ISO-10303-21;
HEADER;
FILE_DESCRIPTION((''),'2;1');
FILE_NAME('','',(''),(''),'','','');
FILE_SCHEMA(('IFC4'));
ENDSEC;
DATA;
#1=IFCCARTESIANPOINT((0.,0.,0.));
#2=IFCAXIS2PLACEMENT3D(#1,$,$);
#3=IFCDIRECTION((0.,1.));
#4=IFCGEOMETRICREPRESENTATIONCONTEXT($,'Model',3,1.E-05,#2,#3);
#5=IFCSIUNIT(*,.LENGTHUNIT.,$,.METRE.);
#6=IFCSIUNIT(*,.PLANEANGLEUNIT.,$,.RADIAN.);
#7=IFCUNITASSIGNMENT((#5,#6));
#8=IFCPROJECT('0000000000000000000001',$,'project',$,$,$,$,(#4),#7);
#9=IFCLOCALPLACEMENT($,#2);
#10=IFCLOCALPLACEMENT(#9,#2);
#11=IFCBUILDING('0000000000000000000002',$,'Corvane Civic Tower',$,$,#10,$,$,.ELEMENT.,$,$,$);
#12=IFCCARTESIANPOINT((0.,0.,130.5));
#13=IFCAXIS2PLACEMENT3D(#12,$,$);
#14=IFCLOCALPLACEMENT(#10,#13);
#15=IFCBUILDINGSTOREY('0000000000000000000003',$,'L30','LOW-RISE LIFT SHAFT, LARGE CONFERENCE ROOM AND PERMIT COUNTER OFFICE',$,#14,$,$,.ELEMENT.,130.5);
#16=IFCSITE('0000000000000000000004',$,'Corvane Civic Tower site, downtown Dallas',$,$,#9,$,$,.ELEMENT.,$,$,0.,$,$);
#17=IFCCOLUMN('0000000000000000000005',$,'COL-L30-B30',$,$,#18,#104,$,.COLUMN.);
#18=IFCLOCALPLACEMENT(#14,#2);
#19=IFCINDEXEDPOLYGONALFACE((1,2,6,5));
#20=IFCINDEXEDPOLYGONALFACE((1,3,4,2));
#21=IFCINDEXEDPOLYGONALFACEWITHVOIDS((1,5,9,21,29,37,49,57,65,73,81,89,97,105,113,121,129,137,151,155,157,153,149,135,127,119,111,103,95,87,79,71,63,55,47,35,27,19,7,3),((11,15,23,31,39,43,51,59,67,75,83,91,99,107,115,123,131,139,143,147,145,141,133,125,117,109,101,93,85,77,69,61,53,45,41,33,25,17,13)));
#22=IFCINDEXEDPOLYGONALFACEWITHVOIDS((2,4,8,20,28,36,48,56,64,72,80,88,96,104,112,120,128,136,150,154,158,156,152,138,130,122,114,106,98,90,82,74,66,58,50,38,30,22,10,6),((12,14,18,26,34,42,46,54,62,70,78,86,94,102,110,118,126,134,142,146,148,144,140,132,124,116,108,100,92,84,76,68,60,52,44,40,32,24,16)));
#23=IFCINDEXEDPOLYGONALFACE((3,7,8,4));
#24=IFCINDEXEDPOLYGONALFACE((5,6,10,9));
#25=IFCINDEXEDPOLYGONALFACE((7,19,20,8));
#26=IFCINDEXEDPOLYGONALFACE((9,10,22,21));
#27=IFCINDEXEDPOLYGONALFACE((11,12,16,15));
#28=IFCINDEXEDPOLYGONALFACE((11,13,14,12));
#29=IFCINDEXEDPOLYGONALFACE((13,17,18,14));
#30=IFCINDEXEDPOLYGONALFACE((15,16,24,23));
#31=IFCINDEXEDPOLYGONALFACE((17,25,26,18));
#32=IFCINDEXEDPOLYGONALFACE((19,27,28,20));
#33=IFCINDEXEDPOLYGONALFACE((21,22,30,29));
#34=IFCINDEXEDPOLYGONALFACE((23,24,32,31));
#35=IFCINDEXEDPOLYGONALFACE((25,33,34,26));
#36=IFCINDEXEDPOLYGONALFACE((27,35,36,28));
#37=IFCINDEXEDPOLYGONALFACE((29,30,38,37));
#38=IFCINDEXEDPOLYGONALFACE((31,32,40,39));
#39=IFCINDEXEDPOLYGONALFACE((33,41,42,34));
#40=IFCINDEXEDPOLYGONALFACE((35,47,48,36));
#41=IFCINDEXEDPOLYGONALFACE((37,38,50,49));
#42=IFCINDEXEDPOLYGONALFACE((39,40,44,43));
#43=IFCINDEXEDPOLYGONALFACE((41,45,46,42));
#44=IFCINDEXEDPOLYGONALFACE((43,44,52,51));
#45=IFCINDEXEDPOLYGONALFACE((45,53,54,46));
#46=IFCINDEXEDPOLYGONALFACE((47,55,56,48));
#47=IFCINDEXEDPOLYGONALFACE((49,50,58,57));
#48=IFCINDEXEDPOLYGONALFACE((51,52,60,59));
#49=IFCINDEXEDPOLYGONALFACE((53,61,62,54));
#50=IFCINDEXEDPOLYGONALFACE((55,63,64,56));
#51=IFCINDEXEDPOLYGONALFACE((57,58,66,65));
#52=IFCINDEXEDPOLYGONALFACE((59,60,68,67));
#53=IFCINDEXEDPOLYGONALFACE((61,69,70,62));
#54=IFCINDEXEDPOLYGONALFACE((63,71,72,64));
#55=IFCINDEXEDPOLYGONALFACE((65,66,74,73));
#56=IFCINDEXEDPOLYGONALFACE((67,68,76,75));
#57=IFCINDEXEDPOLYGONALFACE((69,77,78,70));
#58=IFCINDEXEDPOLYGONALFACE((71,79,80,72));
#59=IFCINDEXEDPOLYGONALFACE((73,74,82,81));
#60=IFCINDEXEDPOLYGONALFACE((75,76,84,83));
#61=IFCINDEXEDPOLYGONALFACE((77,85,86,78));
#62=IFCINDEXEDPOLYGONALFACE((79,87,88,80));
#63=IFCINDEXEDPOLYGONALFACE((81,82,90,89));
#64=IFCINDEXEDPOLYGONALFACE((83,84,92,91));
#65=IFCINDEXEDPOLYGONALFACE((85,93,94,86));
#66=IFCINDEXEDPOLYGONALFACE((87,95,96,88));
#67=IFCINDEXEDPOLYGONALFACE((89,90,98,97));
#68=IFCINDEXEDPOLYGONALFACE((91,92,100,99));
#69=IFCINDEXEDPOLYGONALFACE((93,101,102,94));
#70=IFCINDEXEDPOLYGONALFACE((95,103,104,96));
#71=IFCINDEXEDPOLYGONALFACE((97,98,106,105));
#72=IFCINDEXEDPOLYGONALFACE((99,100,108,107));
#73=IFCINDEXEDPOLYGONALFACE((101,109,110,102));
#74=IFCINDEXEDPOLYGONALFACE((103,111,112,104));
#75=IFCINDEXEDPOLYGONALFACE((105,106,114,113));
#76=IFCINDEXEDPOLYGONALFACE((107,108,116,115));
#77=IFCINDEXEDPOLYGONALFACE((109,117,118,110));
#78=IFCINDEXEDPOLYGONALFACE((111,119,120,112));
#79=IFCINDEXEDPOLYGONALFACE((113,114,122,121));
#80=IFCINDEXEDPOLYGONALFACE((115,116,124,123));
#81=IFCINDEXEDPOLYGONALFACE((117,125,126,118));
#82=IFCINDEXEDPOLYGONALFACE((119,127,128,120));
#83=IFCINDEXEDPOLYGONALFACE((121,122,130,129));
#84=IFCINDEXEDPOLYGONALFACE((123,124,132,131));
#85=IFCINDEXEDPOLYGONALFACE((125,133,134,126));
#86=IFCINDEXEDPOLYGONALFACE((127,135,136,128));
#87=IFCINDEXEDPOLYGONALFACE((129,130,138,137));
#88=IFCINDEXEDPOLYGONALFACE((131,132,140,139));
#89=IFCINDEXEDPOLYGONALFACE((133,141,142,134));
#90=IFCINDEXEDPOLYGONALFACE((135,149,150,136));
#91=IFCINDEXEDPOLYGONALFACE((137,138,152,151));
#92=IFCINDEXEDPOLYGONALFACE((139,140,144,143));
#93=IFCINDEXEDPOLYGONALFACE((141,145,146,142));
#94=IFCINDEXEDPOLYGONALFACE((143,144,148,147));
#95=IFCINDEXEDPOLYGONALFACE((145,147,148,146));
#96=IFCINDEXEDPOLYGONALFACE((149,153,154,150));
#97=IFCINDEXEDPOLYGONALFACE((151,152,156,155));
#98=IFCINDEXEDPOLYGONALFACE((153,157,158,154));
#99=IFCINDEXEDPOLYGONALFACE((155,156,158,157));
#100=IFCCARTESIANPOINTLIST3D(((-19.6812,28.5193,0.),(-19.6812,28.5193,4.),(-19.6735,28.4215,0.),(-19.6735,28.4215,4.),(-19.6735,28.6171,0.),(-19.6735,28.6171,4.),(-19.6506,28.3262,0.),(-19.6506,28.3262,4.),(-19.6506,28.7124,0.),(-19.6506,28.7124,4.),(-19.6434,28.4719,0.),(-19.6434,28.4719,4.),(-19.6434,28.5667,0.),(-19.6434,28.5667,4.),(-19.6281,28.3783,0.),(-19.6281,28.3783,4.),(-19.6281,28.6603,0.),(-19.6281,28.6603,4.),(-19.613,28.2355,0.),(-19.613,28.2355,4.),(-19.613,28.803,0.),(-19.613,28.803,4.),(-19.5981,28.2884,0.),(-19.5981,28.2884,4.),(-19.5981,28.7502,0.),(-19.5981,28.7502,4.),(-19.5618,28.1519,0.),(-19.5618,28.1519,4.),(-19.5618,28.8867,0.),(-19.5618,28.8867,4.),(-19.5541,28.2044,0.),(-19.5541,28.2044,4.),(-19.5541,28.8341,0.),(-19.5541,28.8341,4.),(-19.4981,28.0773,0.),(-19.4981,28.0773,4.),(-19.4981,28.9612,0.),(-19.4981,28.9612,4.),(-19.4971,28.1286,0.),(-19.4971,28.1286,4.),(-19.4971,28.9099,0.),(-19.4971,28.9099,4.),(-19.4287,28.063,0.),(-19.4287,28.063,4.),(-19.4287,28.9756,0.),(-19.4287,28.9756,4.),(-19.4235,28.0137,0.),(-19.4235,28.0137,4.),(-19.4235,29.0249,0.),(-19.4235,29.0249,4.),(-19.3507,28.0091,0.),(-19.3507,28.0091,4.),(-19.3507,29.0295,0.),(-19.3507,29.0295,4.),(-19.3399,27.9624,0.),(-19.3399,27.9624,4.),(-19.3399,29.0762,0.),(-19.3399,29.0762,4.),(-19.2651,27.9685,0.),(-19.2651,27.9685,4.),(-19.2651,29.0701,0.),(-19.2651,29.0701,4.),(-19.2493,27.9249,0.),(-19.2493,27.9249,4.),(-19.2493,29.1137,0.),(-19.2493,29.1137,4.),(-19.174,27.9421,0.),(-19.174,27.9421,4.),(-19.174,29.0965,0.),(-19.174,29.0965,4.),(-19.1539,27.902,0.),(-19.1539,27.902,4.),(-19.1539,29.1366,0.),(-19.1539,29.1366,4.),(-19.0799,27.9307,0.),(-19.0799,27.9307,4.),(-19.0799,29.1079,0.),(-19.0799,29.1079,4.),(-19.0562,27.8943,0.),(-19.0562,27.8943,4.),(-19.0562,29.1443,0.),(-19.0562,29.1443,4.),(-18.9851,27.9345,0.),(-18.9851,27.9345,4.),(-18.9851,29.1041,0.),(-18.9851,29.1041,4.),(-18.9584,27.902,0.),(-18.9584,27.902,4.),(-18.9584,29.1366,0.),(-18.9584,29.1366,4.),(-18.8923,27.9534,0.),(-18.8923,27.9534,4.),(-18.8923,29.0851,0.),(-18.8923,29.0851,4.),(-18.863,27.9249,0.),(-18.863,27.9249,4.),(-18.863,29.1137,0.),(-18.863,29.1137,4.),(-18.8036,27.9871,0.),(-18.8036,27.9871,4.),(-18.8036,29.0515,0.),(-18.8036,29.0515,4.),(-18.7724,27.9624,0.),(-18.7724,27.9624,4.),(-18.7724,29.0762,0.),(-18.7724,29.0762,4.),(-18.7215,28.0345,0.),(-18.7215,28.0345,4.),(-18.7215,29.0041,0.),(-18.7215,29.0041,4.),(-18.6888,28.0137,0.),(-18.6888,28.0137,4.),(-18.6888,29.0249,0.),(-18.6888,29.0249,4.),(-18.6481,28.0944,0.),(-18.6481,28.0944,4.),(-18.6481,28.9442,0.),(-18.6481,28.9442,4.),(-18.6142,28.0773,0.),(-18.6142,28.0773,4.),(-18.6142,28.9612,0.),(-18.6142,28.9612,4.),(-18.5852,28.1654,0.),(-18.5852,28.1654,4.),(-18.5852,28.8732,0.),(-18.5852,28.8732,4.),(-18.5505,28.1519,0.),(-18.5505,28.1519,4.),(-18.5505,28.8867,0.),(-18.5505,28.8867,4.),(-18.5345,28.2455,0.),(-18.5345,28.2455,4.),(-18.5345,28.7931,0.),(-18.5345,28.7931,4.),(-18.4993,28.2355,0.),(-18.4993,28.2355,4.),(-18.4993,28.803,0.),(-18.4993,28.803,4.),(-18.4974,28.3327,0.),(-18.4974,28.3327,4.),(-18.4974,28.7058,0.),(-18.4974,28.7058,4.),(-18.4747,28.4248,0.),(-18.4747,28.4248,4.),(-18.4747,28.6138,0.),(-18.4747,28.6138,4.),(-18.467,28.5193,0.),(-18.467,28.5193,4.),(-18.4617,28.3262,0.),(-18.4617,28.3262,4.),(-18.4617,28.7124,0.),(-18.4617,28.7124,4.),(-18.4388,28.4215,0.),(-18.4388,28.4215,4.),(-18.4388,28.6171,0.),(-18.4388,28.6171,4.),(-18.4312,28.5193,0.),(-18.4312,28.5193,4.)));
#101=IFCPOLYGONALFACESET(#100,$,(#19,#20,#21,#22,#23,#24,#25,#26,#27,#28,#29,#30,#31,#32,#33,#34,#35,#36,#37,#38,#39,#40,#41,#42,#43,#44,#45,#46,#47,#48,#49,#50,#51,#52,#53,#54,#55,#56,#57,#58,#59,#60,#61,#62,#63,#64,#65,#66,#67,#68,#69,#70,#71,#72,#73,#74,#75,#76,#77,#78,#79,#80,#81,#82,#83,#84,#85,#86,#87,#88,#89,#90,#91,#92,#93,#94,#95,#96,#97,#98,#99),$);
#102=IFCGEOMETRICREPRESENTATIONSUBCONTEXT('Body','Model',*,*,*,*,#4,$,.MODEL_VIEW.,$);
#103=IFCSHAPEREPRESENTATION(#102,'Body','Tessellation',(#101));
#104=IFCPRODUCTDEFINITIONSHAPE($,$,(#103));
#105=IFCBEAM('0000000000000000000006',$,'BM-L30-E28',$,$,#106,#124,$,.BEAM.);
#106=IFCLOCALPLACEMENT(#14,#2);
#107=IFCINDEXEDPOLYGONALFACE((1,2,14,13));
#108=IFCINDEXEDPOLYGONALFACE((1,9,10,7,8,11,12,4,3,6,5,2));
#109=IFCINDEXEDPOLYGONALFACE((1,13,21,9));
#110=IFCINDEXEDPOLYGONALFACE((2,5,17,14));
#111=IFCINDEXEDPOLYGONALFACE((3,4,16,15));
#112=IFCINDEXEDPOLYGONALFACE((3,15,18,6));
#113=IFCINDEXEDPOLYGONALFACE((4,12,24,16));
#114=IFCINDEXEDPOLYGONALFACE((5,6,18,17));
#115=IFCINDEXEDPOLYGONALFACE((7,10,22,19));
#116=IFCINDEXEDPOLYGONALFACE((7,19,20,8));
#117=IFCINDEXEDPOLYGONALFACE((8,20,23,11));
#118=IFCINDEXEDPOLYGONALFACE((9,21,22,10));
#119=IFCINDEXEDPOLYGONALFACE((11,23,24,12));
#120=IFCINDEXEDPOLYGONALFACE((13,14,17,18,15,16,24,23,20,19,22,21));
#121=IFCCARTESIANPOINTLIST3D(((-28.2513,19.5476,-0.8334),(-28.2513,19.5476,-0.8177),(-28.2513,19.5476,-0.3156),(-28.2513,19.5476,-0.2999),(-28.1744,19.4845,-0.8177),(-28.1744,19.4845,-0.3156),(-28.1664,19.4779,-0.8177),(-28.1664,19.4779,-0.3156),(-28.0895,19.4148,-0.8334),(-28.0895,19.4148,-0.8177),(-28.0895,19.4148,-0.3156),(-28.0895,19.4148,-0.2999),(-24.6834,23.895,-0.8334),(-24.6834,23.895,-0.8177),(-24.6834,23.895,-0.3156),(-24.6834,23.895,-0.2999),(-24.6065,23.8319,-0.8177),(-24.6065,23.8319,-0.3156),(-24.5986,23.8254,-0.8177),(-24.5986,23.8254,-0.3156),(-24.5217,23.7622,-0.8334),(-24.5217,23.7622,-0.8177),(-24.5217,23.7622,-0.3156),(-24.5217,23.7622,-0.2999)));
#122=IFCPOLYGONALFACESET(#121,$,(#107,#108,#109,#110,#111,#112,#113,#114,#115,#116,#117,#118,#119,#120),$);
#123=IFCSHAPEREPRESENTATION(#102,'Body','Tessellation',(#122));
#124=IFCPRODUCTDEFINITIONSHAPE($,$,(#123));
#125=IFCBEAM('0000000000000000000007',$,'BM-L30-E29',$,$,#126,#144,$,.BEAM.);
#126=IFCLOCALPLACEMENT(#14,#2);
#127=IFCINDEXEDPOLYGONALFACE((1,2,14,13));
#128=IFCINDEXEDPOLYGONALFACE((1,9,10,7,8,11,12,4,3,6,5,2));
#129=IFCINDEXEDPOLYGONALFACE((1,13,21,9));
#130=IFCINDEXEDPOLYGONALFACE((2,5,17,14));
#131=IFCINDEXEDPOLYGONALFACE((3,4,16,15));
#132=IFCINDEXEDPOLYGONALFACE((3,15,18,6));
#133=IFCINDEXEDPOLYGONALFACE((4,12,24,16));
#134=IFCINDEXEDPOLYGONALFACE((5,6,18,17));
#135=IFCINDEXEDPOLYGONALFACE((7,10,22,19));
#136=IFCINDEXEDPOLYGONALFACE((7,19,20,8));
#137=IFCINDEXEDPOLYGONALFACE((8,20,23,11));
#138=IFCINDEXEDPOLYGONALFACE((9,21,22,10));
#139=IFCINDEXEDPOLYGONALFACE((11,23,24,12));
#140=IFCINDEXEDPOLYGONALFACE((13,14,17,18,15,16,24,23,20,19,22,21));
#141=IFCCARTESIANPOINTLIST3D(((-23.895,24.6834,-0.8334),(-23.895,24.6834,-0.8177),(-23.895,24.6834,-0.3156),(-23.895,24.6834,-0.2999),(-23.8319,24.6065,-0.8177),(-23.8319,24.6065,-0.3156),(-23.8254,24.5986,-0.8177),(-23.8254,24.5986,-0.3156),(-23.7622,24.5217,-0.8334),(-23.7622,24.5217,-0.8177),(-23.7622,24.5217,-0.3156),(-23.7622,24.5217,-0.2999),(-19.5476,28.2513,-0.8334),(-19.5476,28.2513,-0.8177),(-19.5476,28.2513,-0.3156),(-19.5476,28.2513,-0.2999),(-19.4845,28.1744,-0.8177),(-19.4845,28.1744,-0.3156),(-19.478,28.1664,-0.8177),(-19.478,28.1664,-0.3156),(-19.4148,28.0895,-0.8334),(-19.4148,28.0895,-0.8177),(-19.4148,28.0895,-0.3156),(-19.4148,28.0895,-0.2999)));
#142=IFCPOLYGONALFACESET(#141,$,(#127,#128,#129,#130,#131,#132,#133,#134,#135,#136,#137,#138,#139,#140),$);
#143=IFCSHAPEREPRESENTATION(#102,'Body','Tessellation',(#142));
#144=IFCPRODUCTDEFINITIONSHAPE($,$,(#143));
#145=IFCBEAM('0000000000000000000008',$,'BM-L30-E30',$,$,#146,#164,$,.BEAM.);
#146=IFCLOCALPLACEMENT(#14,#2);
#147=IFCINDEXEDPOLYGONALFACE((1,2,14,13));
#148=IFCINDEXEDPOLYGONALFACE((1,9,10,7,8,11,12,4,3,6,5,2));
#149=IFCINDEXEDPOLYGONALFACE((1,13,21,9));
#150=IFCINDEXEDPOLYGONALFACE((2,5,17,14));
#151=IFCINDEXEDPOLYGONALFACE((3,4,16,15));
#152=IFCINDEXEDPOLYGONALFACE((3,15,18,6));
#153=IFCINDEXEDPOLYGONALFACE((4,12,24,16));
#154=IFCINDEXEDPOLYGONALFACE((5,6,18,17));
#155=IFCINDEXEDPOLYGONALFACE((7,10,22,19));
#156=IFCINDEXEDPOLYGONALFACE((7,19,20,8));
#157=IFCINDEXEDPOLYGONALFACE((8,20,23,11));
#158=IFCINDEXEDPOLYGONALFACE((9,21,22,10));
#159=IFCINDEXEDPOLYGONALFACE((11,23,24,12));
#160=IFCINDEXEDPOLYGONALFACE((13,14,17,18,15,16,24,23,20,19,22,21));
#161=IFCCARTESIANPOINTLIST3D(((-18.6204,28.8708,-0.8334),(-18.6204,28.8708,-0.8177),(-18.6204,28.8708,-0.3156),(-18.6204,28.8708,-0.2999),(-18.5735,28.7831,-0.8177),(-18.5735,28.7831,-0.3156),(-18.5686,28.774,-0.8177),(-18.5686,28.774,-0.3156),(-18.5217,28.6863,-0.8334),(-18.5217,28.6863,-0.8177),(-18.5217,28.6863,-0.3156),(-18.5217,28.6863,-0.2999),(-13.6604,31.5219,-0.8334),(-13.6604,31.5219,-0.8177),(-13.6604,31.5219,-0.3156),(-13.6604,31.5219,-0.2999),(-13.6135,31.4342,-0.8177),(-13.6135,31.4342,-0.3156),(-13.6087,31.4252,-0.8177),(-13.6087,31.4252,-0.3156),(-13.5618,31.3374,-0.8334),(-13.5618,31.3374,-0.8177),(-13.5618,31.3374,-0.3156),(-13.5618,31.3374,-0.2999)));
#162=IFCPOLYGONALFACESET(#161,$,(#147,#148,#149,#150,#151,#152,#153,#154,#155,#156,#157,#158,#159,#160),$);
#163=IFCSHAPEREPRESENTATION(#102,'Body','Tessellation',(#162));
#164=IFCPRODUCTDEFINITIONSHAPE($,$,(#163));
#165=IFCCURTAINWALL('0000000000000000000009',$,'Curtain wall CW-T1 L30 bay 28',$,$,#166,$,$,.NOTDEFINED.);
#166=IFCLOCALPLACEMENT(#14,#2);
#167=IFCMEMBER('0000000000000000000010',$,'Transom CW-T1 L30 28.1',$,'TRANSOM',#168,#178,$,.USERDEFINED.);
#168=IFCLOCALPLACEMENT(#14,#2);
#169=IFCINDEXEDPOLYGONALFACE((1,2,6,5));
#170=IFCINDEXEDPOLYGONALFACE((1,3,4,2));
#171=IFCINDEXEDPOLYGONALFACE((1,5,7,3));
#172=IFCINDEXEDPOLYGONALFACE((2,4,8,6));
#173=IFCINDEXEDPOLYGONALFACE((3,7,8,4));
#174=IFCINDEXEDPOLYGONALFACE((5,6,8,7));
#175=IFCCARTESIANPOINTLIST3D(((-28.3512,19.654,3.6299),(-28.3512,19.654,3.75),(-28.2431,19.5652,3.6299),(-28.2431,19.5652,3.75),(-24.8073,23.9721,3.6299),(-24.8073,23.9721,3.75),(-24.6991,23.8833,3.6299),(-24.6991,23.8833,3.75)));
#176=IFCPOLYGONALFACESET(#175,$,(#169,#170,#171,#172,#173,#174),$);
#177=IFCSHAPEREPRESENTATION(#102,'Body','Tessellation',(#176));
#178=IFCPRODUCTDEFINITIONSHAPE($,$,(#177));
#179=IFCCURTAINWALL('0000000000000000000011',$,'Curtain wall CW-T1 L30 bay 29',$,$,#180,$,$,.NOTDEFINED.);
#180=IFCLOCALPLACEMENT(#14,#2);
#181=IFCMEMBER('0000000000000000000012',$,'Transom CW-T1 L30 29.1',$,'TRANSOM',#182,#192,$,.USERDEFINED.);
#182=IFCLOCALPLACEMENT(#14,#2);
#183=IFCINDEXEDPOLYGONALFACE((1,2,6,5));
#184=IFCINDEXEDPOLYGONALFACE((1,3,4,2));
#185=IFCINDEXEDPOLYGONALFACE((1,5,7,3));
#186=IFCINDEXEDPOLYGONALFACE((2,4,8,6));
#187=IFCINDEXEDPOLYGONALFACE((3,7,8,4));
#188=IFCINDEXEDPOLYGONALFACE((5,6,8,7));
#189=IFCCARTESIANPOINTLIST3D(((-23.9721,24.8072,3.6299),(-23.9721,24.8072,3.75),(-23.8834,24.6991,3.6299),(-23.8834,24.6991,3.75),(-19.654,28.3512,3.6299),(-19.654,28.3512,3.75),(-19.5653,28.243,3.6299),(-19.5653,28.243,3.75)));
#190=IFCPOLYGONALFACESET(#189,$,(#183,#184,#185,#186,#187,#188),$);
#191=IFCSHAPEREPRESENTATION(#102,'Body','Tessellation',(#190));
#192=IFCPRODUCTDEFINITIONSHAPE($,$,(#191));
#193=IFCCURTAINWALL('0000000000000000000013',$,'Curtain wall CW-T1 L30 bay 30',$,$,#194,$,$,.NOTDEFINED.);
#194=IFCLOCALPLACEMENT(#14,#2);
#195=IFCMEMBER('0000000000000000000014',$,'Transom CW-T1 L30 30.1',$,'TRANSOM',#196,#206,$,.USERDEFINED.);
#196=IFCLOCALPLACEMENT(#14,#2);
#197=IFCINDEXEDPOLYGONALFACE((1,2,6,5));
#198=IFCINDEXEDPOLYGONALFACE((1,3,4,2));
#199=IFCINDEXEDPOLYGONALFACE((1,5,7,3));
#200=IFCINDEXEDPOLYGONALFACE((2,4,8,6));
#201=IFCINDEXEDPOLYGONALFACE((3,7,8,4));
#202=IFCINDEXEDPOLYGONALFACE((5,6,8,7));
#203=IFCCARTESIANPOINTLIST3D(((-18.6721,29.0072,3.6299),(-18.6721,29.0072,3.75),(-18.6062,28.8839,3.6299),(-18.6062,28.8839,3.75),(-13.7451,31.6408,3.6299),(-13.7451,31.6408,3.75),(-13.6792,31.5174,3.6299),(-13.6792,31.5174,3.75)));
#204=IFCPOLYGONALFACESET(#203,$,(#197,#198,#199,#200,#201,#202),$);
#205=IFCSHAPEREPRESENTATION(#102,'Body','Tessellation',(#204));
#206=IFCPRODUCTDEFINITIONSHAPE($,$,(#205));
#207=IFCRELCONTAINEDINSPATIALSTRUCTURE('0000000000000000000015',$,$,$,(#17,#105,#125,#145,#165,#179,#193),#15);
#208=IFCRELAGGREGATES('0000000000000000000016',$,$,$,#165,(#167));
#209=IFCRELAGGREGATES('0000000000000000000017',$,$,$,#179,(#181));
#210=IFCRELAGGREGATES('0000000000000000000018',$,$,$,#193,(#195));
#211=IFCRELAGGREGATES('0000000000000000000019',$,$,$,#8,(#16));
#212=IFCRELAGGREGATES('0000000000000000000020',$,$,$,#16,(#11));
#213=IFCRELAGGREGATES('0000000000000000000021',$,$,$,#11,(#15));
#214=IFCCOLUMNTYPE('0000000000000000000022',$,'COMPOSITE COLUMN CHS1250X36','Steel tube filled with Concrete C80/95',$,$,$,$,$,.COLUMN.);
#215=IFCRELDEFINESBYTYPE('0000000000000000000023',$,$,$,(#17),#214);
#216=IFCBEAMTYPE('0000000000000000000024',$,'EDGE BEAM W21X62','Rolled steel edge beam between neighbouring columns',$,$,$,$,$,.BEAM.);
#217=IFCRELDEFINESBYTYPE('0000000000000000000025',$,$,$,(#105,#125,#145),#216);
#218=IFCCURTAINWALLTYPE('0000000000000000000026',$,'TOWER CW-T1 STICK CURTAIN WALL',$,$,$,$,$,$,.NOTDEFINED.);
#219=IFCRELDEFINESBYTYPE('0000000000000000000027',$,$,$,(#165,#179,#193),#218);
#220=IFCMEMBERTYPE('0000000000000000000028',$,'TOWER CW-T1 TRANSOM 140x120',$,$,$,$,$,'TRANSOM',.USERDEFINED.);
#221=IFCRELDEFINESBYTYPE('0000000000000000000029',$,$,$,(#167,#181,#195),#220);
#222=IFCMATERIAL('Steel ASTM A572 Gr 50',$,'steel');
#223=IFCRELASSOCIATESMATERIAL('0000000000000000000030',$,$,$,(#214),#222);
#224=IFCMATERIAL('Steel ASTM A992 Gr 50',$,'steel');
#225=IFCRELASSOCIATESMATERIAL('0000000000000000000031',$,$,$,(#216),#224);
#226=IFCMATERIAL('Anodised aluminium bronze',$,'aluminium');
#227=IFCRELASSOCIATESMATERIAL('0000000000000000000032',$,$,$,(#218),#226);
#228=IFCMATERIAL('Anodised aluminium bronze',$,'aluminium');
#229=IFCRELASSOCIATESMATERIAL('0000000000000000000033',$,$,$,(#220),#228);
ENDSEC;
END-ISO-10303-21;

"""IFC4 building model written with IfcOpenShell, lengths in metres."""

from ifc_helpers import new_model, si_unit, direction, frame, origin, origin_2d, place, context, subcontext, project, spatial, rectangle, hollow_circle, i_section, extrude, material, material_profile, profile_set, type_object, element, aggregate, save


model = new_model("IFC4")

# Units and contexts
model_context = context("Model", 3, precision=1e-05, world=origin(), true_north=direction((0.0, 1.0)))
body_context = subcontext(model_context, "Body", "Model", "MODEL_VIEW")
ifc_project = project(units=[si_unit("LENGTHUNIT", "METRE"), si_unit("PLANEANGLEUNIT", "RADIAN")], contexts=[model_context])

# Site, building, storey
site_placement = place(None, origin())
site = spatial("IfcSite", under=ifc_project, at=site_placement, Name="Corvane Civic Tower site, downtown Dallas", CompositionType="ELEMENT", RefElevation=0.0)
building_placement = place(site_placement, origin())
building = spatial("IfcBuilding", under=site, at=building_placement, Name="Corvane Civic Tower", CompositionType="ELEMENT")
storey_placement = place(building_placement, frame((0.0, 0.0, 130.5)))
storey = spatial("IfcBuildingStorey", under=building, at=storey_placement, Name="L30", Description="LOW-RISE LIFT SHAFT, LARGE CONFERENCE ROOM AND PERMIT COUNTER OFFICE", CompositionType="ELEMENT", Elevation=130.5)

# Column
ifc_material_1 = material(Name="Steel ASTM A572 Gr 50", Category="steel")
ifc_material_profile_1 = material_profile(ifc_material_1, hollow_circle(Radius=0.625, WallThickness=0.0359, at=origin_2d()), Name="CHS1250X36")
ifc_profile_set_1 = profile_set([ifc_material_profile_1], Name="Steel ASTM A572 Gr 50")
column_type = type_object("IfcColumnType", Name="COMPOSITE COLUMN CHS1250X36", Description="Steel tube filled with Concrete C80/95", PredefinedType="COLUMN", material=ifc_profile_set_1)
for number, where, z_axis, x_axis, name in (
    (1, (-19.0562, 28.5193, 0.0), (0.0, 0.0, 1.0), (1.0, 0.0, 0.0), "COL-L30-B30"),
):
    element("IfcColumn", number, at=place(storey_placement, frame(where, z_axis=z_axis, x_axis=x_axis)), inside=storey, type_object=column_type, Name=name, PredefinedType="COLUMN", context=body_context, shape_type="SweptSolid", body=[
        extrude(hollow_circle(Radius=0.625, WallThickness=0.0359, at=origin_2d()), origin(), (0.0, 0.0, 1.0), 4.0),
    ])

# Beams
ifc_material_2 = material(Name="Steel ASTM A992 Gr 50", Category="steel")
ifc_material_profile_2 = material_profile(ifc_material_2, i_section(OverallWidth=0.2092, OverallDepth=0.5334, WebThickness=0.0103, FlangeThickness=0.0156, at=origin_2d()), Name="W21X62")
ifc_profile_set_2 = profile_set([ifc_material_profile_2], Name="Steel ASTM A992 Gr 50")
beam_type = type_object("IfcBeamType", Name="EDGE BEAM W21X62", Description="Rolled steel edge beam between neighbouring columns", PredefinedType="BEAM", material=ifc_profile_set_2)
for number, where, z_axis, x_axis, name in (
    (2, (-28.1704, 19.4812, -0.5667), (0.634398, 0.773007, 0.0), (-0.773007, 0.634398, 0.0), "BM-L30-E28"),
    (3, (-23.8286, 24.6025, -0.5667), (0.773007, 0.634398, 0.0), (-0.634398, 0.773007, 0.0), "BM-L30-E29"),
    (4, (-18.571, 28.7786, -0.5667), (0.881924, 0.471392, 0.0), (-0.471392, 0.881924, 0.0), "BM-L30-E30"),
):
    element("IfcBeam", number, at=place(storey_placement, frame(where, z_axis=z_axis, x_axis=x_axis)), inside=storey, type_object=beam_type, Name=name, PredefinedType="BEAM", context=body_context, shape_type="SweptSolid", body=[
        extrude(i_section(OverallWidth=0.2092, OverallDepth=0.5334, WebThickness=0.0103, FlangeThickness=0.0156, at=origin_2d()), origin(), (0.0, 0.0, 1.0), 5.624),
    ])

# Curtain walls, members
ifc_material_3 = material(Name="Anodised aluminium bronze", Category="aluminium")
curtain_wall_type = type_object("IfcCurtainWallType", Name="TOWER CW-T1 STICK CURTAIN WALL", PredefinedType="NOTDEFINED", material=ifc_material_3)
curtain_wall_1_placement = place(storey_placement, origin())
curtain_wall_1 = element("IfcCurtainWall", 5, at=curtain_wall_1_placement, inside=storey, type_object=curtain_wall_type, Name="Curtain wall CW-T1 L30 bay 28", PredefinedType="NOTDEFINED")
ifc_material_4 = material(Name="Anodised aluminium bronze", Category="aluminium")
ifc_material_profile_3 = material_profile(ifc_material_4, rectangle(XDim=0.1399, YDim=0.1201, at=origin_2d()), Name="TOWER CW-T1 TRANSOM 140x120")
ifc_profile_set_3 = profile_set([ifc_material_profile_3], Name="Anodised aluminium bronze")
member_type = type_object("IfcMemberType", Name="TOWER CW-T1 TRANSOM 140x120", ElementType="TRANSOM", PredefinedType="USERDEFINED", material=ifc_profile_set_3)
member_1_placement = place(storey_placement, frame((-28.2971, 19.6096, 3.6899), z_axis=(0.63441, 0.772996, 0.0), x_axis=(-0.772996, 0.63441, 0.0)))
member_1 = element("IfcMember", 6, at=member_1_placement, type_object=member_type, Name="Transom CW-T1 L30 28.1", ObjectType="TRANSOM", PredefinedType="USERDEFINED", context=body_context, shape_type="SweptSolid", body=[
    extrude(rectangle(XDim=0.1399, YDim=0.1201, at=origin_2d()), origin(), (0.0, 0.0, 1.0), 5.5862),
])
curtain_wall_2_placement = place(storey_placement, origin())
curtain_wall_2 = element("IfcCurtainWall", 7, at=curtain_wall_2_placement, inside=storey, type_object=curtain_wall_type, Name="Curtain wall CW-T1 L30 bay 29", PredefinedType="NOTDEFINED")
member_2_placement = place(storey_placement, frame((-23.9277, 24.7532, 3.6899), z_axis=(0.772996, 0.63441, 0.0), x_axis=(-0.63441, 0.772996, 0.0)))
member_2 = element("IfcMember", 8, at=member_2_placement, type_object=member_type, Name="Transom CW-T1 L30 29.1", ObjectType="TRANSOM", PredefinedType="USERDEFINED", context=body_context, shape_type="SweptSolid", body=[
    extrude(rectangle(XDim=0.1399, YDim=0.1201, at=origin_2d()), origin(), (0.0, 0.0, 1.0), 5.5862),
])
curtain_wall_3_placement = place(storey_placement, origin())
curtain_wall_3 = element("IfcCurtainWall", 9, at=curtain_wall_3_placement, inside=storey, type_object=curtain_wall_type, Name="Curtain wall CW-T1 L30 bay 30", PredefinedType="NOTDEFINED")
member_3_placement = place(storey_placement, frame((-18.6392, 28.9456, 3.6899), z_axis=(0.881921, 0.471398, 0.0), x_axis=(-0.471398, 0.881921, 0.0)))
member_3 = element("IfcMember", 10, at=member_3_placement, type_object=member_type, Name="Transom CW-T1 L30 30.1", ObjectType="TRANSOM", PredefinedType="USERDEFINED", context=body_context, shape_type="SweptSolid", body=[
    extrude(rectangle(XDim=0.1399, YDim=0.1201, at=origin_2d()), origin(), (0.0, 0.0, 1.0), 5.5867),
])

aggregate(curtain_wall_1, [member_1])
aggregate(curtain_wall_2, [member_2])
aggregate(curtain_wall_3, [member_3])

save(model, "model.ifc")
